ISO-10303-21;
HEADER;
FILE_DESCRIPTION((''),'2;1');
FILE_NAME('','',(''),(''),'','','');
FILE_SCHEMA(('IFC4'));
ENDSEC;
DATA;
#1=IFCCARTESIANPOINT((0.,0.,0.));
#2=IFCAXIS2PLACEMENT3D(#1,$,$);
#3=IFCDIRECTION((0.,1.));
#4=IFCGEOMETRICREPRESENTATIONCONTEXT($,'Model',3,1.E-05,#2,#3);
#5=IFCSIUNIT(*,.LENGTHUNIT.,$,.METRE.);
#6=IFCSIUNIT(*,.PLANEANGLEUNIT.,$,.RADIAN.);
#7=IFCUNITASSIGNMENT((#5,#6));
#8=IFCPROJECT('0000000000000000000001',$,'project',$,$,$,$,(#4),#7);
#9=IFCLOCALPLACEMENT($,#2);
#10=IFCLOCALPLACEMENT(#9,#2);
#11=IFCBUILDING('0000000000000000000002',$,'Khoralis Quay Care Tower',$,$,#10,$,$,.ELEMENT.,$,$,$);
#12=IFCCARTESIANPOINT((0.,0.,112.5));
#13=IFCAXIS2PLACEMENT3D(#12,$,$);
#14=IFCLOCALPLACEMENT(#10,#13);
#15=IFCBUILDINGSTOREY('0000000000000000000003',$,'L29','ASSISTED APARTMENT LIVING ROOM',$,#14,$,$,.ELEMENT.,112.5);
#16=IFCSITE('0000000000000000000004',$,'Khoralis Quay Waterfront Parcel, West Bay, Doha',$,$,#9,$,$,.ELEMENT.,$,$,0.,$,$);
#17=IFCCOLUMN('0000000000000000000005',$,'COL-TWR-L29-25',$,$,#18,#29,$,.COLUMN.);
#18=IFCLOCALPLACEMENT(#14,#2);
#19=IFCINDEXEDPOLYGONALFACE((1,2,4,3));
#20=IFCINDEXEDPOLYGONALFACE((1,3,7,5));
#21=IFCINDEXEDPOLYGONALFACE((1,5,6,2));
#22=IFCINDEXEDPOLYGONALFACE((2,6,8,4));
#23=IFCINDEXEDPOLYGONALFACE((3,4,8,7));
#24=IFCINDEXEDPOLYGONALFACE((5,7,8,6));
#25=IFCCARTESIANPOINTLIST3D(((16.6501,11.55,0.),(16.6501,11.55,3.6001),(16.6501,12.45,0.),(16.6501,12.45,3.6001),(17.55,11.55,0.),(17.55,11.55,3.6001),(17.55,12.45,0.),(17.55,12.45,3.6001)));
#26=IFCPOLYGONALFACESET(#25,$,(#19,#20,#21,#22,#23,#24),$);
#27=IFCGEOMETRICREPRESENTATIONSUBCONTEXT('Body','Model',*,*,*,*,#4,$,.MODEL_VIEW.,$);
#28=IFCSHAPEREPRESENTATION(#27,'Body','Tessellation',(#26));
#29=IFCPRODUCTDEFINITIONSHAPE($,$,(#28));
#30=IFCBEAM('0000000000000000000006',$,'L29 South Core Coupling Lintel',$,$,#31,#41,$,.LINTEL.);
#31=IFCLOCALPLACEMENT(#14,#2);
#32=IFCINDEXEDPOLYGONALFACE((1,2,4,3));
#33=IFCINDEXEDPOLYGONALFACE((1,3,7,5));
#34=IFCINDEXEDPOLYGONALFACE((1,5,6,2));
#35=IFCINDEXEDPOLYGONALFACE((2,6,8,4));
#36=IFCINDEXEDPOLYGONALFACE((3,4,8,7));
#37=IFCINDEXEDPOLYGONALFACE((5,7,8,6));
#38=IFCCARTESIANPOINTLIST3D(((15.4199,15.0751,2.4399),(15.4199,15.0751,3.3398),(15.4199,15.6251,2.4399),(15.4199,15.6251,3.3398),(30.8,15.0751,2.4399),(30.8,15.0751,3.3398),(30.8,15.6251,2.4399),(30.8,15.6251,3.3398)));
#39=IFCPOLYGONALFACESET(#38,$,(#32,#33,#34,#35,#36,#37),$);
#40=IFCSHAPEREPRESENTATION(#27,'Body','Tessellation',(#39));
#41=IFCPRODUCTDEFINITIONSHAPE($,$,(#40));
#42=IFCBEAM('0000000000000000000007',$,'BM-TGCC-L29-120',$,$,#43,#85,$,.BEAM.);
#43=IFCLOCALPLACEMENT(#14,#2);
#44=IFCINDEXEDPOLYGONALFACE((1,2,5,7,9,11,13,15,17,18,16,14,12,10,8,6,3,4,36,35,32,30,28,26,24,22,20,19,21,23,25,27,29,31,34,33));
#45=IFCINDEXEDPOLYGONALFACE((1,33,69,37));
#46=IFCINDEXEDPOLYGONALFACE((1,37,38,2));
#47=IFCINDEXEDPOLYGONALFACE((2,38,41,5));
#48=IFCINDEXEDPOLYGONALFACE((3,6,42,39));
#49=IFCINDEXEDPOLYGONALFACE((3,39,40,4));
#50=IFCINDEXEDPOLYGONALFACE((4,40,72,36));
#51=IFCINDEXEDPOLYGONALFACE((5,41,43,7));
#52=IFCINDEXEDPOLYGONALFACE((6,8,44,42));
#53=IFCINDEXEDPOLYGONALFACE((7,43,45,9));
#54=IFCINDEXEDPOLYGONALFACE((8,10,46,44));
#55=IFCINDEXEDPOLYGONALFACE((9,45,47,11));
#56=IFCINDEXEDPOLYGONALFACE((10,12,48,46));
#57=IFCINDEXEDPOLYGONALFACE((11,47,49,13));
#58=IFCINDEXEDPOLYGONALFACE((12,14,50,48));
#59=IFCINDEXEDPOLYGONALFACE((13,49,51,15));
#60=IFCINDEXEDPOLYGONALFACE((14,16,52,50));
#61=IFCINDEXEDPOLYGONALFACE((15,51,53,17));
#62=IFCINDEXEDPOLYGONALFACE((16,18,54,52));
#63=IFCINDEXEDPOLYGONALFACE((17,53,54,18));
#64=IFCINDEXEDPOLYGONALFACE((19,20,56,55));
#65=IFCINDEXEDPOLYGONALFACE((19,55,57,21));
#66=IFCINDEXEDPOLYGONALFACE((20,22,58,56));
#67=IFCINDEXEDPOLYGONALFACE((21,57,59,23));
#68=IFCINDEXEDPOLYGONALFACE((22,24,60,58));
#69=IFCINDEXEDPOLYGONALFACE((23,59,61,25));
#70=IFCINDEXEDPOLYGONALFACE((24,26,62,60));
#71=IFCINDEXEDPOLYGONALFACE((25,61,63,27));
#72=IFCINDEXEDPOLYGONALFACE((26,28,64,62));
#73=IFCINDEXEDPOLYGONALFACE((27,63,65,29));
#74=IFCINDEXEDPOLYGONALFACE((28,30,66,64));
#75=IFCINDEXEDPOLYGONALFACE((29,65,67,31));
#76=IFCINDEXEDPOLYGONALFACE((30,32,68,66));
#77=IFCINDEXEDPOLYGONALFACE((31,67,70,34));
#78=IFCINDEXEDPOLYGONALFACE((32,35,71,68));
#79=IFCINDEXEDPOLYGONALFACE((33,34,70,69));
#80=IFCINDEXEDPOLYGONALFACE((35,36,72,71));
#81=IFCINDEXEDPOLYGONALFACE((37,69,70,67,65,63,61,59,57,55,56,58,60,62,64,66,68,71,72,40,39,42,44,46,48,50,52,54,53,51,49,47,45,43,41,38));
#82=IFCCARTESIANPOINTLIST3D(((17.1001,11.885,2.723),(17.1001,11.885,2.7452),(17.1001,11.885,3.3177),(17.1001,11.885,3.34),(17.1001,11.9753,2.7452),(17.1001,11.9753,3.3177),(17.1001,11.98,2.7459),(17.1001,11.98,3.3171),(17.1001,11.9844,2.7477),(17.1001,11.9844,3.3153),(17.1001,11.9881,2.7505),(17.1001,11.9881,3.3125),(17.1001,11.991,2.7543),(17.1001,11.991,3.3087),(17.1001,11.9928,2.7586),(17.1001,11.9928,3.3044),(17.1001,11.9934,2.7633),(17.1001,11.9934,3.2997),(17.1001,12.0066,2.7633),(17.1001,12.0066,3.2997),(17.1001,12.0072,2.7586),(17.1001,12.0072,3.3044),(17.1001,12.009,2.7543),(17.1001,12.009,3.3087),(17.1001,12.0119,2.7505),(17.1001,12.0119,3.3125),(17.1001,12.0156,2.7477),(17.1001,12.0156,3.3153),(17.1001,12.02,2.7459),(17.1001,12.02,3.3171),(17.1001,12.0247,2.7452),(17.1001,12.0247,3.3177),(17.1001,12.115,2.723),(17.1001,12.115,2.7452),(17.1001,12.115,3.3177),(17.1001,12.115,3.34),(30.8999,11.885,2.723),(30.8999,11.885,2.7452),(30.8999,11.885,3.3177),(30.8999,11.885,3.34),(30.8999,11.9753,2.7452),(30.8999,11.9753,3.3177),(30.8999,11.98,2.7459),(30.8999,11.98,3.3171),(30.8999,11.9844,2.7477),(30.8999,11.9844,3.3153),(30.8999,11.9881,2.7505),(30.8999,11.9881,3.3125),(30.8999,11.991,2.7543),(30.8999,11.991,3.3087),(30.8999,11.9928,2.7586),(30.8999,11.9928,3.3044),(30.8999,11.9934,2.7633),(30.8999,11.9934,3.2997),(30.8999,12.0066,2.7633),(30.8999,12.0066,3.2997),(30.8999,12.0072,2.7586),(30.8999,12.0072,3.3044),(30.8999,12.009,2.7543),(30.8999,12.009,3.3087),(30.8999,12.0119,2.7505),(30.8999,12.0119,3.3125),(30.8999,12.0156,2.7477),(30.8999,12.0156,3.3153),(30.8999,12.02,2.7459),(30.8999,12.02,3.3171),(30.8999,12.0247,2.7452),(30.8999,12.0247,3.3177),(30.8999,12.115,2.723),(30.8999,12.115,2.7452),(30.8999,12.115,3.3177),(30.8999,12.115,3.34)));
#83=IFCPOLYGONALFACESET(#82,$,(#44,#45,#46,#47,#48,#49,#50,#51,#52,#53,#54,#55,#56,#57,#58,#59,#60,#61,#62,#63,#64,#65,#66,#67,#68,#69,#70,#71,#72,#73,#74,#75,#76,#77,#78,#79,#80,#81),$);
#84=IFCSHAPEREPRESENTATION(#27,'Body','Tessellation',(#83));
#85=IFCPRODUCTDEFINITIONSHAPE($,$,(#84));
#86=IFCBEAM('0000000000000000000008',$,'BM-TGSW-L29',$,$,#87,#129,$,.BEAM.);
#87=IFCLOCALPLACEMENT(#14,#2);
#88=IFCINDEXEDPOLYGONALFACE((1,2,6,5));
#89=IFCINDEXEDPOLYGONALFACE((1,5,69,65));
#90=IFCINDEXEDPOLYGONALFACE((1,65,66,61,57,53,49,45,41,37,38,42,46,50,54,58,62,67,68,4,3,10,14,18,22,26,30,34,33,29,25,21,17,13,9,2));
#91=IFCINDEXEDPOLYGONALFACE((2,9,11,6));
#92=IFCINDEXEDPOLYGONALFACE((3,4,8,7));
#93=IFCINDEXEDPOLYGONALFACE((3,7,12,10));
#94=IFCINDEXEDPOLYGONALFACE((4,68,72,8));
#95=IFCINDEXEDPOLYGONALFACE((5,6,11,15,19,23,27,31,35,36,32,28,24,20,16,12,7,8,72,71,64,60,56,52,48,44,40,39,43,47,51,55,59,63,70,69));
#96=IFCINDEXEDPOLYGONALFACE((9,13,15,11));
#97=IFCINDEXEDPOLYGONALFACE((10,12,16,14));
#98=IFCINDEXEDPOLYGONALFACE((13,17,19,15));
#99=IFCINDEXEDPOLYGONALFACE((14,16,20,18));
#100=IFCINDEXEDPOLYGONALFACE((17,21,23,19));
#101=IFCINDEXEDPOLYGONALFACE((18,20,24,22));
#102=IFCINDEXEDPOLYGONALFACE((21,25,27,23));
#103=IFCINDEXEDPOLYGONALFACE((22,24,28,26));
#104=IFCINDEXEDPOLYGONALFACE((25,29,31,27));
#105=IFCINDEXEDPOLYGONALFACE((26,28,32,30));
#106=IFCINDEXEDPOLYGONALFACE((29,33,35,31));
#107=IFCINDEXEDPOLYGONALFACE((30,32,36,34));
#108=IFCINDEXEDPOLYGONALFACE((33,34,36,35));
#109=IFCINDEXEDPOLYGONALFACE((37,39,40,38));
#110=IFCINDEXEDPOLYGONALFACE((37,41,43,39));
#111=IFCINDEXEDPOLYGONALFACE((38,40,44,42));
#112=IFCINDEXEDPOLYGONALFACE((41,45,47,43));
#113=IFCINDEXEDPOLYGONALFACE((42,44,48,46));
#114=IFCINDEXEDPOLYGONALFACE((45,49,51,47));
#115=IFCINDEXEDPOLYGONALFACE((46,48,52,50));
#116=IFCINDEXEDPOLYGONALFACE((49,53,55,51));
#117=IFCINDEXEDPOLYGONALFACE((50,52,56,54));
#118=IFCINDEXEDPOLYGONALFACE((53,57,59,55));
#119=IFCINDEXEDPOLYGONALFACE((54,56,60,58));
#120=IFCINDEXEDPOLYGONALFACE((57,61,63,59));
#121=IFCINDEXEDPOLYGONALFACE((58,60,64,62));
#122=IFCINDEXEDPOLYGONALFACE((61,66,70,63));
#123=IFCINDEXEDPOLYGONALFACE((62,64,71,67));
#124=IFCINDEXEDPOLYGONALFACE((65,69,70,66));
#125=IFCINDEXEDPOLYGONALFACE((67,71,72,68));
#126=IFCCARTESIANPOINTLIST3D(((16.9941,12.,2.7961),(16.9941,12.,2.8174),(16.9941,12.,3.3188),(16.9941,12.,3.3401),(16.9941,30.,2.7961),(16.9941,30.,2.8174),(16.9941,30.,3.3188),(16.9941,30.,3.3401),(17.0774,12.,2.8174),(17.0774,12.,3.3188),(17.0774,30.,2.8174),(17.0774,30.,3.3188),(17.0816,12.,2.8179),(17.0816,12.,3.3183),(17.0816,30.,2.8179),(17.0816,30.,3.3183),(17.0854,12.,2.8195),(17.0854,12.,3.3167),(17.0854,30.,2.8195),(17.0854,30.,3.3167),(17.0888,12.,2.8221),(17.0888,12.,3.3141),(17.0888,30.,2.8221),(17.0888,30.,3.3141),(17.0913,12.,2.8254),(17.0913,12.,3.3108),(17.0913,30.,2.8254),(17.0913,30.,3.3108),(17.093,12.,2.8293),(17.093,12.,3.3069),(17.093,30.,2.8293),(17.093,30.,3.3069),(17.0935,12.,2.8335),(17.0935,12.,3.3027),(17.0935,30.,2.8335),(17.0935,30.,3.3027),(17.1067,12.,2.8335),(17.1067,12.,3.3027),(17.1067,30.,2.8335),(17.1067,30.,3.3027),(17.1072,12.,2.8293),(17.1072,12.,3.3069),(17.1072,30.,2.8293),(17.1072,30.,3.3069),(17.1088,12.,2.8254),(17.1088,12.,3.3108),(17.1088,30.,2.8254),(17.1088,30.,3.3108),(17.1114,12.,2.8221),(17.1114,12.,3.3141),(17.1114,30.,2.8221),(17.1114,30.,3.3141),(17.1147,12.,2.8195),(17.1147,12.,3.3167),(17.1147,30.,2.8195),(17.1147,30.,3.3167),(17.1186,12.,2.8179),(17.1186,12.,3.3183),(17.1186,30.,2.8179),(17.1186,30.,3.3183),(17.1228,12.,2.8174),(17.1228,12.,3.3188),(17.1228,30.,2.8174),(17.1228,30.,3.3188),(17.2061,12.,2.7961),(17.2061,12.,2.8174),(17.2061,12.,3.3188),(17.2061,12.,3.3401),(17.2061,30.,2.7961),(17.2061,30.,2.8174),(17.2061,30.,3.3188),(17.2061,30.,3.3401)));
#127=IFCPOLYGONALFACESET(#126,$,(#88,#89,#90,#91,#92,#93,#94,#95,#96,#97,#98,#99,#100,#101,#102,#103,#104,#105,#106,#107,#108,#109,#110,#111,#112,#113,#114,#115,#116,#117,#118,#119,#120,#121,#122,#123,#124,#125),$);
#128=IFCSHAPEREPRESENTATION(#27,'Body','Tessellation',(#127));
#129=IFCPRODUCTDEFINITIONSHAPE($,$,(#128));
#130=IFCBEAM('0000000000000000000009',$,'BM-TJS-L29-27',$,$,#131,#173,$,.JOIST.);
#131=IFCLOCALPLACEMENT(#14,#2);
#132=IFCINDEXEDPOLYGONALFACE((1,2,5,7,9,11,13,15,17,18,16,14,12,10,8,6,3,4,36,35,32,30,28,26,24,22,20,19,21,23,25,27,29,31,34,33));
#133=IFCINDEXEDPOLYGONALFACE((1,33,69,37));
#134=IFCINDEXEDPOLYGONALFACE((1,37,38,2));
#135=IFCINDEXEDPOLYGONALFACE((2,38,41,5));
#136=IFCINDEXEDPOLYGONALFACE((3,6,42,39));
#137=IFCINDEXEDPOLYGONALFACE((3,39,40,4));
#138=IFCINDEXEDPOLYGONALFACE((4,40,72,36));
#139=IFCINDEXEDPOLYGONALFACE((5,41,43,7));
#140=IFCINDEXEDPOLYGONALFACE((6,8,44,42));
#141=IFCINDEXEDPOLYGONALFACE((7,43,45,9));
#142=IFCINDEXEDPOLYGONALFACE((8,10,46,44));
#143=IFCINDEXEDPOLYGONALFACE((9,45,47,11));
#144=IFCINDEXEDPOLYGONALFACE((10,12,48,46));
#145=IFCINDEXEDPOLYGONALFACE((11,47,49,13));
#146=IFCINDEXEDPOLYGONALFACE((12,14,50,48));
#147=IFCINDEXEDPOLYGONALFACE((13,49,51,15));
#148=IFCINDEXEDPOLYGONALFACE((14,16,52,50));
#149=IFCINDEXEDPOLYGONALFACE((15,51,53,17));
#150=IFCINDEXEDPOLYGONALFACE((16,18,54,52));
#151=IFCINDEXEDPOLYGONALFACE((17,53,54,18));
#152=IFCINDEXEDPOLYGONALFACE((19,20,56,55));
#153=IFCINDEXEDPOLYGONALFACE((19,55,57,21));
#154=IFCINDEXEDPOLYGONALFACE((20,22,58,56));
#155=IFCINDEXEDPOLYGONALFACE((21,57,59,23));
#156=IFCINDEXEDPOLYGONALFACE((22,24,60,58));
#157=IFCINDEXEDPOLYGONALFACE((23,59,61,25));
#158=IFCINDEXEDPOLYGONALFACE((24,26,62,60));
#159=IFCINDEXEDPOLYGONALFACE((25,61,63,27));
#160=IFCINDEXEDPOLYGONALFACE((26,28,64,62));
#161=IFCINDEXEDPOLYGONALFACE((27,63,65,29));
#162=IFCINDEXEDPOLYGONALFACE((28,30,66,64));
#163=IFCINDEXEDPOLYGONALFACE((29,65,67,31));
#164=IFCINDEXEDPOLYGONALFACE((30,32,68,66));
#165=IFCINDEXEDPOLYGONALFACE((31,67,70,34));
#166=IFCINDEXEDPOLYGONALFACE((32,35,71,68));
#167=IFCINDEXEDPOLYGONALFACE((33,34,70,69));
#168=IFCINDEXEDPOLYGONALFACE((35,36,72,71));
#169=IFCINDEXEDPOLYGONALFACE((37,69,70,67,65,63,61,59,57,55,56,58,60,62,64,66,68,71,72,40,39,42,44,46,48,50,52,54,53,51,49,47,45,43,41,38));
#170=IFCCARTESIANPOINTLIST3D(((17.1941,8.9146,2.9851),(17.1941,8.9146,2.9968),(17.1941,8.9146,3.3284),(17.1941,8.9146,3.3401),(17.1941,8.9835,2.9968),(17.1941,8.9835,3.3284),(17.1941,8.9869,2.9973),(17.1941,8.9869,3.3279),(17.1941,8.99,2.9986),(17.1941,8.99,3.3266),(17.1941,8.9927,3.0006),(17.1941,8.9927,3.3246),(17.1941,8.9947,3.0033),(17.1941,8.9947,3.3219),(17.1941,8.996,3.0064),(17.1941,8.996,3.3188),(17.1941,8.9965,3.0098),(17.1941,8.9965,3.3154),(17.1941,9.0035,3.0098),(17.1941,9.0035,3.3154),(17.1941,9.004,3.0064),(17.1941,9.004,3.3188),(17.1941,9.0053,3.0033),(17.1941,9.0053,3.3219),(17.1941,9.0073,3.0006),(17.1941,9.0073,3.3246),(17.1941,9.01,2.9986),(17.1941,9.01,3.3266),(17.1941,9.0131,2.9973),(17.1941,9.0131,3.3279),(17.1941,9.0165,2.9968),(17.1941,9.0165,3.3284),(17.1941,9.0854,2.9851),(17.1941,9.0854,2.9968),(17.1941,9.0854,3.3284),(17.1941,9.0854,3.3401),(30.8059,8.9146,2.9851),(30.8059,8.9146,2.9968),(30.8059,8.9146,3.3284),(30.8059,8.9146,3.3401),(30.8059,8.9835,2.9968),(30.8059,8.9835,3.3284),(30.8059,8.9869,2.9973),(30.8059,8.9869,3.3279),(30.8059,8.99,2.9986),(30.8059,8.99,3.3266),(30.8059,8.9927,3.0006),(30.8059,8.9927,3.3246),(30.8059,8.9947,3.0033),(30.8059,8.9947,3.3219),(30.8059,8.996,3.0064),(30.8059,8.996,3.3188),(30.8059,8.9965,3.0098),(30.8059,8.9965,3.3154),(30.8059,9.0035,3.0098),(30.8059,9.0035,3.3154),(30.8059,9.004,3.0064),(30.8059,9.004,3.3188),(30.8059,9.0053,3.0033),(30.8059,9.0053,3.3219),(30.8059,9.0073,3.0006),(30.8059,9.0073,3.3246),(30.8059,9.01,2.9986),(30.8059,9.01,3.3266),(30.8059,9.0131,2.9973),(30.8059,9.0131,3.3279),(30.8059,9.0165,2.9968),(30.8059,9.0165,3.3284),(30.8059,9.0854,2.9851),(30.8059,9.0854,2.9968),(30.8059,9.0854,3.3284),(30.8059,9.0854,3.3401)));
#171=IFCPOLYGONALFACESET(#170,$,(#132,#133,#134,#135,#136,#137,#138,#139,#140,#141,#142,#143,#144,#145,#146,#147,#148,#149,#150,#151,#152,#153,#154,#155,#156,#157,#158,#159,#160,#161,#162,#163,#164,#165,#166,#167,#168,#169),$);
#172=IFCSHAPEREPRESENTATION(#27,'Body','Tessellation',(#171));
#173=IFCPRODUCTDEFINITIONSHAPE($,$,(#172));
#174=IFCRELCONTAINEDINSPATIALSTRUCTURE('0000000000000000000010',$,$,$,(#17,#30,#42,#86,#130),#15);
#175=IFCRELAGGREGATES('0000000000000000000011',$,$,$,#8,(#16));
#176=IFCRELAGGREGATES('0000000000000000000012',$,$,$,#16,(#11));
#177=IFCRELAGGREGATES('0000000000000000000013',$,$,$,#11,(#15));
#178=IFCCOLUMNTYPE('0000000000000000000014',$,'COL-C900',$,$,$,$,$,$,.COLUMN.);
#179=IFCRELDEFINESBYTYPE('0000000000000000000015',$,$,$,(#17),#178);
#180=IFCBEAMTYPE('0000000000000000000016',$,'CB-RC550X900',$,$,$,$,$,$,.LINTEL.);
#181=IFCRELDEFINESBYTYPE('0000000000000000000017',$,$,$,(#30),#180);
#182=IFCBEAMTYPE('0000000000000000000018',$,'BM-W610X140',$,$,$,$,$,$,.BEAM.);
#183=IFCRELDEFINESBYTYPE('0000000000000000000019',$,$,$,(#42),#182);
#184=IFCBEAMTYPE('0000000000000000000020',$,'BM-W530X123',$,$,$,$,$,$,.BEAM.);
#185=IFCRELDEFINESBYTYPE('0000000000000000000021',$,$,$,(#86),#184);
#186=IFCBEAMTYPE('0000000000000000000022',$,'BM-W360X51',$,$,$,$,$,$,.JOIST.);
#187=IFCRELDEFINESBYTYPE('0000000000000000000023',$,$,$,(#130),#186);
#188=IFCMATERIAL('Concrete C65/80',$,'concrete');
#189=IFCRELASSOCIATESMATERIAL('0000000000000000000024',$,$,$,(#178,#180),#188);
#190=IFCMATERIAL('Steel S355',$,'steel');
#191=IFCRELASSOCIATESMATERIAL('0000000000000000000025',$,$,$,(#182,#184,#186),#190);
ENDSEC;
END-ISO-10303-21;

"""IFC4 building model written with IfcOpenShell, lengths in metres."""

from ifc_helpers import new_model, si_unit, direction, frame, origin, origin_2d, place, context, subcontext, project, spatial, rectangle, i_section, extrude, source, transform, mapped, material, material_profile, profile_set, type_object, element, save


model = new_model("IFC4")

# Units and contexts
model_context = context("Model", 3, precision=1e-05, world=origin(), true_north=direction((0.0, 1.0)))
body_context = subcontext(model_context, "Body", "Model", "MODEL_VIEW")
ifc_project = project(units=[si_unit("LENGTHUNIT", "METRE"), si_unit("PLANEANGLEUNIT", "RADIAN")], contexts=[model_context])

# Site, building, storey
site_placement = place(None, origin())
site = spatial("IfcSite", under=ifc_project, at=site_placement, Name="Khoralis Quay Waterfront Parcel, West Bay, Doha", CompositionType="ELEMENT", RefElevation=0.0)
building_placement = place(site_placement, origin())
building = spatial("IfcBuilding", under=site, at=building_placement, Name="Khoralis Quay Care Tower", CompositionType="ELEMENT")
storey_placement = place(building_placement, frame((0.0, 0.0, 112.5)))
storey = spatial("IfcBuildingStorey", under=building, at=storey_placement, Name="L29", Description="ASSISTED APARTMENT LIVING ROOM", CompositionType="ELEMENT", Elevation=112.5)

# Column
ifc_material_1 = material(Name="Concrete C65/80", Category="concrete")
ifc_material_profile_1 = material_profile(ifc_material_1, rectangle(XDim=0.8999, YDim=0.8999, at=origin_2d()), Name="Concrete C65/80")
ifc_profile_set_1 = profile_set([ifc_material_profile_1], Name="Concrete C65/80")
column_type = type_object("IfcColumnType", Name="COL-C900", PredefinedType="COLUMN", material=ifc_profile_set_1)
shared_shape_1 = source(origin(), body_context, "Body", "SweptSolid", [
    extrude(rectangle(XDim=0.8999, YDim=0.8999, at=origin_2d()), origin(), (0.0, 0.0, 1.0), 3.6001),
])
column_placement = place(storey_placement, frame((17.1001, 12.0, 0.0), z_axis=(0.0, 0.0, 1.0), x_axis=(1.0, 0.0, 0.0)))
element("IfcColumn", 1, at=column_placement, inside=storey, type_object=column_type, Name="COL-TWR-L29-25", PredefinedType="COLUMN", context=body_context, shape_type="MappedRepresentation", body=[
    mapped(shared_shape_1, transform((0.0, 0.0, 0.0), scale=1.0)),
])

# Beams
ifc_material_profile_2 = material_profile(ifc_material_1, rectangle(XDim=0.55, YDim=0.8999, at=origin_2d()), Name="Concrete C65/80")
ifc_profile_set_2 = profile_set([ifc_material_profile_2], Name="Concrete C65/80")
beam_type_1 = type_object("IfcBeamType", Name="CB-RC550X900", PredefinedType="LINTEL", material=ifc_profile_set_2)
shared_shape_2 = source(origin(), body_context, "Body", "SweptSolid", [
    extrude(rectangle(XDim=0.55, YDim=0.8999, at=origin_2d()), origin(), (0.0, 0.0, 1.0), 15.3801),
])
beam_1_placement = place(storey_placement, frame((15.4199, 15.3501, 2.8899), z_axis=(1.0, 0.0, 0.0), x_axis=(0.0, 1.0, 0.0)))
element("IfcBeam", 2, at=beam_1_placement, inside=storey, type_object=beam_type_1, Name="L29 South Core Coupling Lintel", PredefinedType="LINTEL", context=body_context, shape_type="MappedRepresentation", body=[
    mapped(shared_shape_2, transform((0.0, 0.0, 0.0), scale=1.0)),
])
ifc_material_2 = material(Name="Steel S355", Category="steel")
ifc_material_profile_3 = material_profile(ifc_material_2, i_section(OverallWidth=0.23, OverallDepth=0.6169, WebThickness=0.0132, FlangeThickness=0.0222, FilletRadius=0.0181, at=origin_2d()), Name="Steel S355")
ifc_profile_set_3 = profile_set([ifc_material_profile_3], Name="Steel S355")
beam_type_2 = type_object("IfcBeamType", Name="BM-W610X140", PredefinedType="BEAM", material=ifc_profile_set_3)
shared_shape_3 = source(origin(), body_context, "Body", "SweptSolid", [
    extrude(i_section(OverallWidth=0.23, OverallDepth=0.6169, WebThickness=0.0132, FlangeThickness=0.0222, FilletRadius=0.0181, at=origin_2d()), origin(), (0.0, 0.0, 1.0), 13.7998),
])
beam_2_placement = place(storey_placement, frame((17.1001, 12.0, 3.0315), z_axis=(1.0, 0.0, 0.0), x_axis=(0.0, 1.0, 0.0)))
element("IfcBeam", 3, at=beam_2_placement, inside=storey, type_object=beam_type_2, Name="BM-TGCC-L29-120", PredefinedType="BEAM", context=body_context, shape_type="MappedRepresentation", body=[
    mapped(shared_shape_3, transform((0.0, 0.0, 0.0), scale=1.0)),
])
ifc_material_profile_4 = material_profile(ifc_material_2, i_section(OverallWidth=0.2119, OverallDepth=0.5439, WebThickness=0.0132, FlangeThickness=0.0212, FilletRadius=0.0161, at=origin_2d()), Name="Steel S355")
ifc_profile_set_4 = profile_set([ifc_material_profile_4], Name="Steel S355")
beam_type_3 = type_object("IfcBeamType", Name="BM-W530X123", PredefinedType="BEAM", material=ifc_profile_set_4)
shared_shape_4 = source(origin(), body_context, "Body", "SweptSolid", [
    extrude(i_section(OverallWidth=0.2119, OverallDepth=0.5439, WebThickness=0.0132, FlangeThickness=0.0212, FilletRadius=0.0161, at=origin_2d()), origin(), (0.0, 0.0, 1.0), 18.0),
])
beam_3_placement = place(storey_placement, frame((17.1001, 12.0, 3.0681), z_axis=(0.0, 1.0, 0.0), x_axis=(-1.0, 0.0, 0.0)))
element("IfcBeam", 4, at=beam_3_placement, inside=storey, type_object=beam_type_3, Name="BM-TGSW-L29", PredefinedType="BEAM", context=body_context, shape_type="MappedRepresentation", body=[
    mapped(shared_shape_4, transform((0.0, 0.0, 0.0), scale=1.0)),
])
ifc_material_profile_5 = material_profile(ifc_material_2, i_section(OverallWidth=0.1709, OverallDepth=0.355, WebThickness=0.0071, FlangeThickness=0.0117, FilletRadius=0.0129, at=origin_2d()), Name="Steel S355")
ifc_profile_set_5 = profile_set([ifc_material_profile_5], Name="Steel S355")
beam_type_4 = type_object("IfcBeamType", Name="BM-W360X51", PredefinedType="JOIST", material=ifc_profile_set_5)
shared_shape_5 = source(origin(), body_context, "Body", "SweptSolid", [
    extrude(i_section(OverallWidth=0.1709, OverallDepth=0.355, WebThickness=0.0071, FlangeThickness=0.0117, FilletRadius=0.0129, at=origin_2d()), origin(), (0.0, 0.0, 1.0), 13.6118),
])
beam_4_placement = place(storey_placement, frame((17.1941, 9.0, 3.1626), z_axis=(1.0, 0.0, 0.0), x_axis=(0.0, 1.0, 0.0)))
element("IfcBeam", 5, at=beam_4_placement, inside=storey, type_object=beam_type_4, Name="BM-TJS-L29-27", PredefinedType="JOIST", context=body_context, shape_type="MappedRepresentation", body=[
    mapped(shared_shape_5, transform((0.0, 0.0, 0.0), scale=1.0)),
])

save(model, "model.ifc")
